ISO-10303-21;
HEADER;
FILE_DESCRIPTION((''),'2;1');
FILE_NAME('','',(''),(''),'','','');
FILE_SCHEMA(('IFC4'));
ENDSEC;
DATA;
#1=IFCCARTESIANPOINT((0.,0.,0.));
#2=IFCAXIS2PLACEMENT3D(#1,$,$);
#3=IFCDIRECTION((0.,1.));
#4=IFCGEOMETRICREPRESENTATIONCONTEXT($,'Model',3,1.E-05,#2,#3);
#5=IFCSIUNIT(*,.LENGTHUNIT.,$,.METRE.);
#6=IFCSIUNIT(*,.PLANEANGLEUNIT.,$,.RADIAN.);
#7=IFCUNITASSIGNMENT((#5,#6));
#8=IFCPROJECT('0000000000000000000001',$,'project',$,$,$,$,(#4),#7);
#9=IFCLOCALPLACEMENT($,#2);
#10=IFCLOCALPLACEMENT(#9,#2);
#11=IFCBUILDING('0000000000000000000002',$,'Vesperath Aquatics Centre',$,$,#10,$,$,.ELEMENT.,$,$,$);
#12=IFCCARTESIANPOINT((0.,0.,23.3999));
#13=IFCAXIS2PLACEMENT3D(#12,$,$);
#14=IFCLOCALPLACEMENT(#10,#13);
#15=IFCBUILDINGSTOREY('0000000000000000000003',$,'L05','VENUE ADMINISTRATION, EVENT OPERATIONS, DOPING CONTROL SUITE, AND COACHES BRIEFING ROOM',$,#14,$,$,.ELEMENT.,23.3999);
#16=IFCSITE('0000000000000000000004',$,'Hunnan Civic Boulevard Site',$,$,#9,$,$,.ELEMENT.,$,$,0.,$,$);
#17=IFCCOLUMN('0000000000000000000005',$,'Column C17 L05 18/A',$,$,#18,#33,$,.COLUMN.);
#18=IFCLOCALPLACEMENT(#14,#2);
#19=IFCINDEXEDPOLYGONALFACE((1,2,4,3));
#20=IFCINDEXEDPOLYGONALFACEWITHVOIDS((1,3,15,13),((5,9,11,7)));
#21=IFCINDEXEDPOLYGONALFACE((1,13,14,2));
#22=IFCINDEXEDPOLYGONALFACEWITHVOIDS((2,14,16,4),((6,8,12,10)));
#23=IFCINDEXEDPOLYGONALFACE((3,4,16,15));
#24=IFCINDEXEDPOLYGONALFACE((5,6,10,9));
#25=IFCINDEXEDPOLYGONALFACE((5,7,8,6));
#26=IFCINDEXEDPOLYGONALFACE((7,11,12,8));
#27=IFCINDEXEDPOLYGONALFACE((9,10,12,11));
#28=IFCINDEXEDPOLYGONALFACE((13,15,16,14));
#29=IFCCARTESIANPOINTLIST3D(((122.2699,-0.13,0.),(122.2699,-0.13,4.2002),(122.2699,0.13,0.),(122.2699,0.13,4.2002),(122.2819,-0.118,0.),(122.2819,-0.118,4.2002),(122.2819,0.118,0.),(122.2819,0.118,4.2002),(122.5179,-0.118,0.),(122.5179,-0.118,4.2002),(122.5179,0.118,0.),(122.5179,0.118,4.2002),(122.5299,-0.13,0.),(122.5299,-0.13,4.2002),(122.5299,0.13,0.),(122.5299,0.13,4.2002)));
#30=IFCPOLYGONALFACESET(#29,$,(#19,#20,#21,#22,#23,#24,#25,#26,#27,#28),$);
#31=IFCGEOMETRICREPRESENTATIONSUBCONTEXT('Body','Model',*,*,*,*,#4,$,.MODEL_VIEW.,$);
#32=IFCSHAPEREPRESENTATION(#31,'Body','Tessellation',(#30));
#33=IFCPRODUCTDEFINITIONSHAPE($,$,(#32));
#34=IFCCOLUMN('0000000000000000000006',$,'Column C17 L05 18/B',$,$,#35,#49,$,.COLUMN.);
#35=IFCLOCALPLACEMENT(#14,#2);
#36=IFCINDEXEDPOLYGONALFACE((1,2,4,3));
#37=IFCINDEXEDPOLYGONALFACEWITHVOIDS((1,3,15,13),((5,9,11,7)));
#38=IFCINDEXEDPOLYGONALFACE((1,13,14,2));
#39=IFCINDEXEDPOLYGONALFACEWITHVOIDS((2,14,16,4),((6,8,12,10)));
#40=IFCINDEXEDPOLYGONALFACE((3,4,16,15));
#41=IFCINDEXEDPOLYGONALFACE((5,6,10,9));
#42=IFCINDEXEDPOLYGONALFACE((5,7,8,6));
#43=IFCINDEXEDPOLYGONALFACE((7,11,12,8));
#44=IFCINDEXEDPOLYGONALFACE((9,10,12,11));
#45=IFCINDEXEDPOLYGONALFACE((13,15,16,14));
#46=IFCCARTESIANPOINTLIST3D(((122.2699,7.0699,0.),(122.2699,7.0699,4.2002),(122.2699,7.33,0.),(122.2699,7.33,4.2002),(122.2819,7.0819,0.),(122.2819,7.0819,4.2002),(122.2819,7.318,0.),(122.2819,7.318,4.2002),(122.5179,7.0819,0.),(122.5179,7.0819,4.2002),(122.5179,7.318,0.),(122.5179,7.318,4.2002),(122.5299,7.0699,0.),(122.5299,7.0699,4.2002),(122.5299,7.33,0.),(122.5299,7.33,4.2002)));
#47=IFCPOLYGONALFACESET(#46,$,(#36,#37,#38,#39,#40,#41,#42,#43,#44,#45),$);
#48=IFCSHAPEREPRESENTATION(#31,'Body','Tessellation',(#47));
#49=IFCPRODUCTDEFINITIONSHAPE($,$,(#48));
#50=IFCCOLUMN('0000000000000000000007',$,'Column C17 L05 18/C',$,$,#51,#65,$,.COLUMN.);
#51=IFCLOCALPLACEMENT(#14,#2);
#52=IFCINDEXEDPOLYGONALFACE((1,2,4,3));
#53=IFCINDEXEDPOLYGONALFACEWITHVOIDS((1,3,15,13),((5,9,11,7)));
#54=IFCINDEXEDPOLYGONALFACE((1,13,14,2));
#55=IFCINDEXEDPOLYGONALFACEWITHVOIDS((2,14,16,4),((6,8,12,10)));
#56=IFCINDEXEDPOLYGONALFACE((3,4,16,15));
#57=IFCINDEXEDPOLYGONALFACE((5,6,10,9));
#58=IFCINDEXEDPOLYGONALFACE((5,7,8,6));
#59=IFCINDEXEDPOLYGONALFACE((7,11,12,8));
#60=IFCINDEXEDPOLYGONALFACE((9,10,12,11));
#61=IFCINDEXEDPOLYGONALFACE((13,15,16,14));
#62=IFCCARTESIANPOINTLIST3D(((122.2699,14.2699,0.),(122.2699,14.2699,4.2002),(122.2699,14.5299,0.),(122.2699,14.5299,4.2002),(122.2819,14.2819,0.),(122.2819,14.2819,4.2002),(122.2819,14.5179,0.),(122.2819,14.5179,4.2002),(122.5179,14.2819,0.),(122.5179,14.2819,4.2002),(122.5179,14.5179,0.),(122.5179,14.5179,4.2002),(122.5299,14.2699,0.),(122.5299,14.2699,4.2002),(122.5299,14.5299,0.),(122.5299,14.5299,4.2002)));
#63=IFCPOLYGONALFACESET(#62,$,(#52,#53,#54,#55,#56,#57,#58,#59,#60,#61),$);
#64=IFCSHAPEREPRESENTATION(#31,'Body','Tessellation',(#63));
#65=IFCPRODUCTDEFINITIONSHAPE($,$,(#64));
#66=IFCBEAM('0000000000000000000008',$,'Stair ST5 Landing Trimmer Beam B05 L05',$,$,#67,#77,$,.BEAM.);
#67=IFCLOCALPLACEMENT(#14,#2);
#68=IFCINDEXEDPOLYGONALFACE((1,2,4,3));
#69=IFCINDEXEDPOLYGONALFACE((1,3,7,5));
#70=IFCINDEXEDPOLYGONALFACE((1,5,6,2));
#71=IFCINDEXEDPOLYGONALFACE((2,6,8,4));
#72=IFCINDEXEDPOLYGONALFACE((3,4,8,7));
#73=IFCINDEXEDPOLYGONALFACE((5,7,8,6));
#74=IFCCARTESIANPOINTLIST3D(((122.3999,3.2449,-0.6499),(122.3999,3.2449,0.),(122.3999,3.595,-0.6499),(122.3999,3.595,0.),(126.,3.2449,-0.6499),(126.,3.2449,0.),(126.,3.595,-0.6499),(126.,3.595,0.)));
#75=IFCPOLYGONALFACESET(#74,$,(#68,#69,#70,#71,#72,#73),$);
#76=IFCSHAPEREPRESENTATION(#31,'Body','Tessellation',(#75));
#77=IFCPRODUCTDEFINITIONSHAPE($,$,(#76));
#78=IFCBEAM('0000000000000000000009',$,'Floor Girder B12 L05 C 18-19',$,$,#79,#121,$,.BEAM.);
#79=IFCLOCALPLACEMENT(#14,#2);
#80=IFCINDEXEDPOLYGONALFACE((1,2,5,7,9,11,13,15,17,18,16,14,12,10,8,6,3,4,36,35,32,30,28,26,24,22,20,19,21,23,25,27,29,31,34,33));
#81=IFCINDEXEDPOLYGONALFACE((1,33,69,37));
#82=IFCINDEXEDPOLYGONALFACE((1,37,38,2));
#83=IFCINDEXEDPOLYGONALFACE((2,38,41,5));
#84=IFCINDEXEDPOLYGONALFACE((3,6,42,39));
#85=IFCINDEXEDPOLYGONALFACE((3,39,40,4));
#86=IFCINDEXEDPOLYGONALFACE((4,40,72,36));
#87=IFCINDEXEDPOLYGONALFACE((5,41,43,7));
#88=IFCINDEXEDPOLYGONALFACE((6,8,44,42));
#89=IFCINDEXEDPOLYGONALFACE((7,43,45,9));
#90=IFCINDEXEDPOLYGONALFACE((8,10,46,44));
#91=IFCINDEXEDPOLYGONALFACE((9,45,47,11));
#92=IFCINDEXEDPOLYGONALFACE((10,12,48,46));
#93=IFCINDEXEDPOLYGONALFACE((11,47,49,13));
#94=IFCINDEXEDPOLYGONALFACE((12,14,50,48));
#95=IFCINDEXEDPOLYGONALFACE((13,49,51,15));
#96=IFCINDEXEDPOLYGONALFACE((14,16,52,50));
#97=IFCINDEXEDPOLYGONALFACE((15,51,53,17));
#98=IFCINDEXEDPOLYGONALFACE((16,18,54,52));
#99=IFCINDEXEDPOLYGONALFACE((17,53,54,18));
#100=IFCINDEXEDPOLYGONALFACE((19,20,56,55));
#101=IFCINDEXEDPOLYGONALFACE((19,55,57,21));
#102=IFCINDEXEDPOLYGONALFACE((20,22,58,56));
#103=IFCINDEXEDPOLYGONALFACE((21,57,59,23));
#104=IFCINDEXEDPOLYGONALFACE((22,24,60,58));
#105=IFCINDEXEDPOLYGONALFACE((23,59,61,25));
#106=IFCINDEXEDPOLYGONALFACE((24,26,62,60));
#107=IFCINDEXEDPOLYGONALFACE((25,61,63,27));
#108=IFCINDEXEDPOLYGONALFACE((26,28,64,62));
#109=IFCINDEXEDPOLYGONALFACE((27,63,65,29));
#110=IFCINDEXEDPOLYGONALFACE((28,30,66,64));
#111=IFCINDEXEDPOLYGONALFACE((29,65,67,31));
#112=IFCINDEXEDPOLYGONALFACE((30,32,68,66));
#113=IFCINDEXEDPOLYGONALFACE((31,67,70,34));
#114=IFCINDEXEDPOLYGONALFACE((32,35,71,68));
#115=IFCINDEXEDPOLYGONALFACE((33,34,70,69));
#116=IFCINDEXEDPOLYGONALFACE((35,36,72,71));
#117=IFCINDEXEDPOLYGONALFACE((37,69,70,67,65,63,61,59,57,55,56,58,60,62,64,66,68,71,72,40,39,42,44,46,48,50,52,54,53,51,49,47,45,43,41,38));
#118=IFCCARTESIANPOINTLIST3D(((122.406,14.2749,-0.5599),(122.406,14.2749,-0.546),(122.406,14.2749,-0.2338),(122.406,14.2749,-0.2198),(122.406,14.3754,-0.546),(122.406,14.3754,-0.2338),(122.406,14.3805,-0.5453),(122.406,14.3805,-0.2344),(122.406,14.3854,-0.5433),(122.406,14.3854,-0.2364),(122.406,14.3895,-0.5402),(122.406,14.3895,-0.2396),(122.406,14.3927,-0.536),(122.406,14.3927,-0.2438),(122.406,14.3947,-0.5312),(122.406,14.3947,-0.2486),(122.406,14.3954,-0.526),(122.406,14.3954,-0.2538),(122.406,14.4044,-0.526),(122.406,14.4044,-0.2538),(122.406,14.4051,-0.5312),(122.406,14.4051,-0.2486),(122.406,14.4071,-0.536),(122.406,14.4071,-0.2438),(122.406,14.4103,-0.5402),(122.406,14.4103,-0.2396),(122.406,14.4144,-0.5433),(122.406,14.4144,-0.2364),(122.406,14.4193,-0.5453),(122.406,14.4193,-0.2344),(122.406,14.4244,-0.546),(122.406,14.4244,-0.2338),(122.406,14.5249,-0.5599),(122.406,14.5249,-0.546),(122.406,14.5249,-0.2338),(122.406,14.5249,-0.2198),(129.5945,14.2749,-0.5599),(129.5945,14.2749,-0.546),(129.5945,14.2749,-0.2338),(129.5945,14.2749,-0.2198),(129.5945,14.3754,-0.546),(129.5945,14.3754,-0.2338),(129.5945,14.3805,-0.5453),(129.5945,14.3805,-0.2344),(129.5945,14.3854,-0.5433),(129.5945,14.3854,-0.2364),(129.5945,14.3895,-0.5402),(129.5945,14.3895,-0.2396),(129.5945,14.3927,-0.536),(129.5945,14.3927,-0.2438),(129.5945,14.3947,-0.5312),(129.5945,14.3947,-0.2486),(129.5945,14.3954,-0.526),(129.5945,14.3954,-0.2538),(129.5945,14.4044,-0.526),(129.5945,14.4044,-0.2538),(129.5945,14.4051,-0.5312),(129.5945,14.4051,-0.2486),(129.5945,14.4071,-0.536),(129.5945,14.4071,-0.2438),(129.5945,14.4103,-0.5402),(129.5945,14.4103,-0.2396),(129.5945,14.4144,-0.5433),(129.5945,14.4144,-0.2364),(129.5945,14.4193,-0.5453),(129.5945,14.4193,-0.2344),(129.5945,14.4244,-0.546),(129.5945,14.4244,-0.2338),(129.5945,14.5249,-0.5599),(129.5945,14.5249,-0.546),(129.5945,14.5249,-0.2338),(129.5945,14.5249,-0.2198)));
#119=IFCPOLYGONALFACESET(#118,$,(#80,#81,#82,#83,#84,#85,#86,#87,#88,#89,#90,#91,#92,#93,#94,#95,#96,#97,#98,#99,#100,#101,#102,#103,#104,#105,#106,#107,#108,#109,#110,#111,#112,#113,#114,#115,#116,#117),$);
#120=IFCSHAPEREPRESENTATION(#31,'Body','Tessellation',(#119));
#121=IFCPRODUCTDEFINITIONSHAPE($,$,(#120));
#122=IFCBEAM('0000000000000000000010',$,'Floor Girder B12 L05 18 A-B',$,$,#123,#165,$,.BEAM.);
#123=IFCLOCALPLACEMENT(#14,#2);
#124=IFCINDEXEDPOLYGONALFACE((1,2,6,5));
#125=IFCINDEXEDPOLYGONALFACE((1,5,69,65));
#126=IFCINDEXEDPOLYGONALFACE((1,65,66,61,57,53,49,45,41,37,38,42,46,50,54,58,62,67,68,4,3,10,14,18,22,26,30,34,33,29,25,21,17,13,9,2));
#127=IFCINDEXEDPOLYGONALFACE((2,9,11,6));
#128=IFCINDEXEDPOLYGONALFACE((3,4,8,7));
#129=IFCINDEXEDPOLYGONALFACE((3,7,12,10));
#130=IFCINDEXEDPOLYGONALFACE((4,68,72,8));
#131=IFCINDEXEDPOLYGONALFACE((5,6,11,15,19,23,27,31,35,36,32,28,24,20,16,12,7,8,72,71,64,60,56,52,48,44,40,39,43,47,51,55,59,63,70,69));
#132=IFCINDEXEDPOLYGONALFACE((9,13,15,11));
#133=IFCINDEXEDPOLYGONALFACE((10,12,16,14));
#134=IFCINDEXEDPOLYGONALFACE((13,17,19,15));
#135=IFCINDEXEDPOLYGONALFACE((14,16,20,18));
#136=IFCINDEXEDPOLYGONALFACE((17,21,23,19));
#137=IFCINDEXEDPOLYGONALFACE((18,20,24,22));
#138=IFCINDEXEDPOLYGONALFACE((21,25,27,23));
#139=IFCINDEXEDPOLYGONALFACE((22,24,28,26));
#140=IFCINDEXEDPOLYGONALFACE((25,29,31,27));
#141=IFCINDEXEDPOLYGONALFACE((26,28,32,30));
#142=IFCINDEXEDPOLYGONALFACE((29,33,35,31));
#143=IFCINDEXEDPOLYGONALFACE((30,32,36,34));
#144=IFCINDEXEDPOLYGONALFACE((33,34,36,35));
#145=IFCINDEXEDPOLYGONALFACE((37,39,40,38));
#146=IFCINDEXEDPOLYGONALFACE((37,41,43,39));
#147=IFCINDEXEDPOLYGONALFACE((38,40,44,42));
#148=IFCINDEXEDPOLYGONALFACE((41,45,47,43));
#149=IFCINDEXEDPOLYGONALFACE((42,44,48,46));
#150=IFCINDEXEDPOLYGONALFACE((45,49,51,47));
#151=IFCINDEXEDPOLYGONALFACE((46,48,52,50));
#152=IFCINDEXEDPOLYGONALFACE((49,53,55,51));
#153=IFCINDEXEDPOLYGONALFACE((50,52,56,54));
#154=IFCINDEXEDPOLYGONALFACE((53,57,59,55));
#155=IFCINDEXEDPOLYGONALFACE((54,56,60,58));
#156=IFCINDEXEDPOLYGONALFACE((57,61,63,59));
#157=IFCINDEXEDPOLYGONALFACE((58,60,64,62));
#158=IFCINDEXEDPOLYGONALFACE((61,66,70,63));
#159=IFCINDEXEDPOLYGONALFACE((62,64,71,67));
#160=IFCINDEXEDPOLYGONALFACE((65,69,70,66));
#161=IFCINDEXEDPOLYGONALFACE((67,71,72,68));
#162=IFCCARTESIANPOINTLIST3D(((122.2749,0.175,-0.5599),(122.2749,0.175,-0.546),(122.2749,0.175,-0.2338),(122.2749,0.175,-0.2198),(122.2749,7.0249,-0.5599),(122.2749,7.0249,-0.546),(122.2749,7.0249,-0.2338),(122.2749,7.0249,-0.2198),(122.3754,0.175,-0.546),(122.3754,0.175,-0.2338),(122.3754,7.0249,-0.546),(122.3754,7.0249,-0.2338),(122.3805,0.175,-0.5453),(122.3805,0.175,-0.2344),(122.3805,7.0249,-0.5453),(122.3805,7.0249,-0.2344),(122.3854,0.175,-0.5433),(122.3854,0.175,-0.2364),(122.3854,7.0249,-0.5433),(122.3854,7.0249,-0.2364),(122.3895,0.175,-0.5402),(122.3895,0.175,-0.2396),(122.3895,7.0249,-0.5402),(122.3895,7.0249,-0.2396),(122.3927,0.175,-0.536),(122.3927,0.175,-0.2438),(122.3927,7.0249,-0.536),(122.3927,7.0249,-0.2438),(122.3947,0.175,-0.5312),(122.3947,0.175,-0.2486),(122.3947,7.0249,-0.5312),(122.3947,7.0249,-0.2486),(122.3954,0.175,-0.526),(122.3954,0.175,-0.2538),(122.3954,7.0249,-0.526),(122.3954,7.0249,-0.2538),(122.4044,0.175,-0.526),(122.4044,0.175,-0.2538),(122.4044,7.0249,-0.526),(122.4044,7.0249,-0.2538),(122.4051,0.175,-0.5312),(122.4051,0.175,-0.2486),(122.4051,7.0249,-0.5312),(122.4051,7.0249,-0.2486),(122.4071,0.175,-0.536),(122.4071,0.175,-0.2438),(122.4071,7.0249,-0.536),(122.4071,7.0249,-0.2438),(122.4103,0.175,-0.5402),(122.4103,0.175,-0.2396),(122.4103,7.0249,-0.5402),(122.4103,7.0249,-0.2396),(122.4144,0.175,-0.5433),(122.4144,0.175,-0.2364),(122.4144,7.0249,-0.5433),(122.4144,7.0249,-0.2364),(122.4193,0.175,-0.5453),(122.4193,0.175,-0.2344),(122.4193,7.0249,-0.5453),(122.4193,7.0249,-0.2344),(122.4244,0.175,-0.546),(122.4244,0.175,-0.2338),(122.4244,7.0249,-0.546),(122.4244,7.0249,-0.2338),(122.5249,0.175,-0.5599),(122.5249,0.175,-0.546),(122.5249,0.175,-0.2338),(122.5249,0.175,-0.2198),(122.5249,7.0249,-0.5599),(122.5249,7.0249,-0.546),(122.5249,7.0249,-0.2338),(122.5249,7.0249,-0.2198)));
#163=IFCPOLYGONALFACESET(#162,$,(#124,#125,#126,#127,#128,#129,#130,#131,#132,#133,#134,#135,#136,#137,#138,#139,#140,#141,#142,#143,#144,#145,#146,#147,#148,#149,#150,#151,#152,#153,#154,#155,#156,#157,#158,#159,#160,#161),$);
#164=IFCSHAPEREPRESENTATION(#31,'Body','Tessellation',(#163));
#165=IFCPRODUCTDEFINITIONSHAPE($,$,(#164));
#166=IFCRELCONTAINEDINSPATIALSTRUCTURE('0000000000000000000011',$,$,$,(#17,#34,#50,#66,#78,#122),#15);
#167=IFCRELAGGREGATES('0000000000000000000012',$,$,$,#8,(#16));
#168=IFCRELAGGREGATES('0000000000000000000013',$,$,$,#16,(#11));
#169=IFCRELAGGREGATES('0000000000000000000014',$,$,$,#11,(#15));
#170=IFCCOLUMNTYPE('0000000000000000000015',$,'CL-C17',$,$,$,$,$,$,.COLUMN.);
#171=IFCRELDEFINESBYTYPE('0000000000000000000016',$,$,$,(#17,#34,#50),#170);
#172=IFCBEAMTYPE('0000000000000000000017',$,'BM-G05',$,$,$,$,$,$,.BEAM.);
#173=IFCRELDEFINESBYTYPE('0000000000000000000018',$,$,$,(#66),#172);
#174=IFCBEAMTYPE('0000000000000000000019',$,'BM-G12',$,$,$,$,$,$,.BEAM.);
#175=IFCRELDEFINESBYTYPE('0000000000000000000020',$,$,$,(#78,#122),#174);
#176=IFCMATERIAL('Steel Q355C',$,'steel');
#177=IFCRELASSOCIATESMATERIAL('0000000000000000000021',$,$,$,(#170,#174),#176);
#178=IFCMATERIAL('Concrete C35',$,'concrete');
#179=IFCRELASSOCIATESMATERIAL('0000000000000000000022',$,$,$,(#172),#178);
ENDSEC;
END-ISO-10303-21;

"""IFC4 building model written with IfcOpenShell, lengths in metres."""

from ifc_helpers import new_model, si_unit, direction, frame, origin, origin_2d, place, context, subcontext, project, spatial, rectangle, hollow_rectangle, i_section, extrude, material, material_profile, profile_set, type_object, element, save


model = new_model("IFC4")

# Units and contexts
model_context = context("Model", 3, precision=1e-05, world=origin(), true_north=direction((0.0, 1.0)))
body_context = subcontext(model_context, "Body", "Model", "MODEL_VIEW")
ifc_project = project(units=[si_unit("LENGTHUNIT", "METRE"), si_unit("PLANEANGLEUNIT", "RADIAN")], contexts=[model_context])

# Site, building, storey
site_placement = place(None, origin())
site = spatial("IfcSite", under=ifc_project, at=site_placement, Name="Hunnan Civic Boulevard Site", CompositionType="ELEMENT", RefElevation=0.0)
building_placement = place(site_placement, origin())
building = spatial("IfcBuilding", under=site, at=building_placement, Name="Vesperath Aquatics Centre", CompositionType="ELEMENT")
storey_placement = place(building_placement, frame((0.0, 0.0, 23.3999)))
storey = spatial("IfcBuildingStorey", under=building, at=storey_placement, Name="L05", Description="VENUE ADMINISTRATION, EVENT OPERATIONS, DOPING CONTROL SUITE, AND COACHES BRIEFING ROOM", CompositionType="ELEMENT", Elevation=23.3999)

# Columns
ifc_material_1 = material(Name="Steel Q355C", Category="steel")
ifc_material_profile_1 = material_profile(ifc_material_1, hollow_rectangle(XDim=0.26, YDim=0.26, WallThickness=0.012, at=origin_2d()), Name="SHS 260x260x12")
ifc_profile_set_1 = profile_set([ifc_material_profile_1], Name="Steel Q355C")
column_type = type_object("IfcColumnType", Name="CL-C17", PredefinedType="COLUMN", material=ifc_profile_set_1)
for number, where, z_axis, x_axis, name in (
    (1, (122.3999, 0.0, 0.0), (0.0, 0.0, 1.0), (1.0, 0.0, 0.0), "Column C17 L05 18/A"),
    (2, (122.3999, 7.2, 0.0), (0.0, 0.0, 1.0), (1.0, 0.0, 0.0), "Column C17 L05 18/B"),
    (3, (122.3999, 14.3999, 0.0), (0.0, 0.0, 1.0), (1.0, 0.0, 0.0), "Column C17 L05 18/C"),
):
    element("IfcColumn", number, at=place(storey_placement, frame(where, z_axis=z_axis, x_axis=x_axis)), inside=storey, type_object=column_type, Name=name, PredefinedType="COLUMN", context=body_context, shape_type="SweptSolid", body=[
        extrude(hollow_rectangle(XDim=0.26, YDim=0.26, WallThickness=0.012, at=origin_2d()), origin(), (0.0, 0.0, 1.0), 4.2002),
    ])

# Beams
ifc_material_2 = material(Name="Concrete C35", Category="concrete")
ifc_material_profile_2 = material_profile(ifc_material_2, rectangle(XDim=0.3501, YDim=0.6499, at=origin_2d()), Name="RC 350x650")
ifc_profile_set_2 = profile_set([ifc_material_profile_2], Name="Concrete C35")
beam_type_1 = type_object("IfcBeamType", Name="BM-G05", PredefinedType="BEAM", material=ifc_profile_set_2)
beam_1_placement = place(storey_placement, frame((122.3999, 3.4199, -0.325), z_axis=(1.0, 0.0, 0.0), x_axis=(0.0, 1.0, 0.0)))
element("IfcBeam", 4, at=beam_1_placement, inside=storey, type_object=beam_type_1, Name="Stair ST5 Landing Trimmer Beam B05 L05", PredefinedType="BEAM", context=body_context, shape_type="SweptSolid", body=[
    extrude(rectangle(XDim=0.3501, YDim=0.6499, at=origin_2d()), origin(), (0.0, 0.0, 1.0), 3.6001),
])
ifc_material_profile_3 = material_profile(ifc_material_1, i_section(OverallWidth=0.25, OverallDepth=0.3401, WebThickness=0.009, FlangeThickness=0.0139, FilletRadius=0.02, at=origin_2d()), Name="HM 340x250x9x14")
ifc_profile_set_3 = profile_set([ifc_material_profile_3], Name="Steel Q355C")
beam_type_2 = type_object("IfcBeamType", Name="BM-G12", PredefinedType="BEAM", material=ifc_profile_set_3)
beam_2_placement = place(storey_placement, frame((122.406, 14.3999, -0.3899), z_axis=(1.0, 0.0, 0.0), x_axis=(0.0, 1.0, 0.0)))
element("IfcBeam", 5, at=beam_2_placement, inside=storey, type_object=beam_type_2, Name="Floor Girder B12 L05 C 18-19", PredefinedType="BEAM", context=body_context, shape_type="SweptSolid", body=[
    extrude(i_section(OverallWidth=0.25, OverallDepth=0.3401, WebThickness=0.009, FlangeThickness=0.0139, FilletRadius=0.02, at=origin_2d()), origin(), (0.0, 0.0, 1.0), 7.1885),
])
beam_3_placement = place(storey_placement, frame((122.3999, 0.175, -0.3899), z_axis=(0.0, 1.0, 0.0), x_axis=(-1.0, 0.0, 0.0)))
element("IfcBeam", 6, at=beam_3_placement, inside=storey, type_object=beam_type_2, Name="Floor Girder B12 L05 18 A-B", PredefinedType="BEAM", context=body_context, shape_type="SweptSolid", body=[
    extrude(i_section(OverallWidth=0.25, OverallDepth=0.3401, WebThickness=0.009, FlangeThickness=0.0139, FilletRadius=0.02, at=origin_2d()), origin(), (0.0, 0.0, 1.0), 6.8499),
])

save(model, "model.ifc")
